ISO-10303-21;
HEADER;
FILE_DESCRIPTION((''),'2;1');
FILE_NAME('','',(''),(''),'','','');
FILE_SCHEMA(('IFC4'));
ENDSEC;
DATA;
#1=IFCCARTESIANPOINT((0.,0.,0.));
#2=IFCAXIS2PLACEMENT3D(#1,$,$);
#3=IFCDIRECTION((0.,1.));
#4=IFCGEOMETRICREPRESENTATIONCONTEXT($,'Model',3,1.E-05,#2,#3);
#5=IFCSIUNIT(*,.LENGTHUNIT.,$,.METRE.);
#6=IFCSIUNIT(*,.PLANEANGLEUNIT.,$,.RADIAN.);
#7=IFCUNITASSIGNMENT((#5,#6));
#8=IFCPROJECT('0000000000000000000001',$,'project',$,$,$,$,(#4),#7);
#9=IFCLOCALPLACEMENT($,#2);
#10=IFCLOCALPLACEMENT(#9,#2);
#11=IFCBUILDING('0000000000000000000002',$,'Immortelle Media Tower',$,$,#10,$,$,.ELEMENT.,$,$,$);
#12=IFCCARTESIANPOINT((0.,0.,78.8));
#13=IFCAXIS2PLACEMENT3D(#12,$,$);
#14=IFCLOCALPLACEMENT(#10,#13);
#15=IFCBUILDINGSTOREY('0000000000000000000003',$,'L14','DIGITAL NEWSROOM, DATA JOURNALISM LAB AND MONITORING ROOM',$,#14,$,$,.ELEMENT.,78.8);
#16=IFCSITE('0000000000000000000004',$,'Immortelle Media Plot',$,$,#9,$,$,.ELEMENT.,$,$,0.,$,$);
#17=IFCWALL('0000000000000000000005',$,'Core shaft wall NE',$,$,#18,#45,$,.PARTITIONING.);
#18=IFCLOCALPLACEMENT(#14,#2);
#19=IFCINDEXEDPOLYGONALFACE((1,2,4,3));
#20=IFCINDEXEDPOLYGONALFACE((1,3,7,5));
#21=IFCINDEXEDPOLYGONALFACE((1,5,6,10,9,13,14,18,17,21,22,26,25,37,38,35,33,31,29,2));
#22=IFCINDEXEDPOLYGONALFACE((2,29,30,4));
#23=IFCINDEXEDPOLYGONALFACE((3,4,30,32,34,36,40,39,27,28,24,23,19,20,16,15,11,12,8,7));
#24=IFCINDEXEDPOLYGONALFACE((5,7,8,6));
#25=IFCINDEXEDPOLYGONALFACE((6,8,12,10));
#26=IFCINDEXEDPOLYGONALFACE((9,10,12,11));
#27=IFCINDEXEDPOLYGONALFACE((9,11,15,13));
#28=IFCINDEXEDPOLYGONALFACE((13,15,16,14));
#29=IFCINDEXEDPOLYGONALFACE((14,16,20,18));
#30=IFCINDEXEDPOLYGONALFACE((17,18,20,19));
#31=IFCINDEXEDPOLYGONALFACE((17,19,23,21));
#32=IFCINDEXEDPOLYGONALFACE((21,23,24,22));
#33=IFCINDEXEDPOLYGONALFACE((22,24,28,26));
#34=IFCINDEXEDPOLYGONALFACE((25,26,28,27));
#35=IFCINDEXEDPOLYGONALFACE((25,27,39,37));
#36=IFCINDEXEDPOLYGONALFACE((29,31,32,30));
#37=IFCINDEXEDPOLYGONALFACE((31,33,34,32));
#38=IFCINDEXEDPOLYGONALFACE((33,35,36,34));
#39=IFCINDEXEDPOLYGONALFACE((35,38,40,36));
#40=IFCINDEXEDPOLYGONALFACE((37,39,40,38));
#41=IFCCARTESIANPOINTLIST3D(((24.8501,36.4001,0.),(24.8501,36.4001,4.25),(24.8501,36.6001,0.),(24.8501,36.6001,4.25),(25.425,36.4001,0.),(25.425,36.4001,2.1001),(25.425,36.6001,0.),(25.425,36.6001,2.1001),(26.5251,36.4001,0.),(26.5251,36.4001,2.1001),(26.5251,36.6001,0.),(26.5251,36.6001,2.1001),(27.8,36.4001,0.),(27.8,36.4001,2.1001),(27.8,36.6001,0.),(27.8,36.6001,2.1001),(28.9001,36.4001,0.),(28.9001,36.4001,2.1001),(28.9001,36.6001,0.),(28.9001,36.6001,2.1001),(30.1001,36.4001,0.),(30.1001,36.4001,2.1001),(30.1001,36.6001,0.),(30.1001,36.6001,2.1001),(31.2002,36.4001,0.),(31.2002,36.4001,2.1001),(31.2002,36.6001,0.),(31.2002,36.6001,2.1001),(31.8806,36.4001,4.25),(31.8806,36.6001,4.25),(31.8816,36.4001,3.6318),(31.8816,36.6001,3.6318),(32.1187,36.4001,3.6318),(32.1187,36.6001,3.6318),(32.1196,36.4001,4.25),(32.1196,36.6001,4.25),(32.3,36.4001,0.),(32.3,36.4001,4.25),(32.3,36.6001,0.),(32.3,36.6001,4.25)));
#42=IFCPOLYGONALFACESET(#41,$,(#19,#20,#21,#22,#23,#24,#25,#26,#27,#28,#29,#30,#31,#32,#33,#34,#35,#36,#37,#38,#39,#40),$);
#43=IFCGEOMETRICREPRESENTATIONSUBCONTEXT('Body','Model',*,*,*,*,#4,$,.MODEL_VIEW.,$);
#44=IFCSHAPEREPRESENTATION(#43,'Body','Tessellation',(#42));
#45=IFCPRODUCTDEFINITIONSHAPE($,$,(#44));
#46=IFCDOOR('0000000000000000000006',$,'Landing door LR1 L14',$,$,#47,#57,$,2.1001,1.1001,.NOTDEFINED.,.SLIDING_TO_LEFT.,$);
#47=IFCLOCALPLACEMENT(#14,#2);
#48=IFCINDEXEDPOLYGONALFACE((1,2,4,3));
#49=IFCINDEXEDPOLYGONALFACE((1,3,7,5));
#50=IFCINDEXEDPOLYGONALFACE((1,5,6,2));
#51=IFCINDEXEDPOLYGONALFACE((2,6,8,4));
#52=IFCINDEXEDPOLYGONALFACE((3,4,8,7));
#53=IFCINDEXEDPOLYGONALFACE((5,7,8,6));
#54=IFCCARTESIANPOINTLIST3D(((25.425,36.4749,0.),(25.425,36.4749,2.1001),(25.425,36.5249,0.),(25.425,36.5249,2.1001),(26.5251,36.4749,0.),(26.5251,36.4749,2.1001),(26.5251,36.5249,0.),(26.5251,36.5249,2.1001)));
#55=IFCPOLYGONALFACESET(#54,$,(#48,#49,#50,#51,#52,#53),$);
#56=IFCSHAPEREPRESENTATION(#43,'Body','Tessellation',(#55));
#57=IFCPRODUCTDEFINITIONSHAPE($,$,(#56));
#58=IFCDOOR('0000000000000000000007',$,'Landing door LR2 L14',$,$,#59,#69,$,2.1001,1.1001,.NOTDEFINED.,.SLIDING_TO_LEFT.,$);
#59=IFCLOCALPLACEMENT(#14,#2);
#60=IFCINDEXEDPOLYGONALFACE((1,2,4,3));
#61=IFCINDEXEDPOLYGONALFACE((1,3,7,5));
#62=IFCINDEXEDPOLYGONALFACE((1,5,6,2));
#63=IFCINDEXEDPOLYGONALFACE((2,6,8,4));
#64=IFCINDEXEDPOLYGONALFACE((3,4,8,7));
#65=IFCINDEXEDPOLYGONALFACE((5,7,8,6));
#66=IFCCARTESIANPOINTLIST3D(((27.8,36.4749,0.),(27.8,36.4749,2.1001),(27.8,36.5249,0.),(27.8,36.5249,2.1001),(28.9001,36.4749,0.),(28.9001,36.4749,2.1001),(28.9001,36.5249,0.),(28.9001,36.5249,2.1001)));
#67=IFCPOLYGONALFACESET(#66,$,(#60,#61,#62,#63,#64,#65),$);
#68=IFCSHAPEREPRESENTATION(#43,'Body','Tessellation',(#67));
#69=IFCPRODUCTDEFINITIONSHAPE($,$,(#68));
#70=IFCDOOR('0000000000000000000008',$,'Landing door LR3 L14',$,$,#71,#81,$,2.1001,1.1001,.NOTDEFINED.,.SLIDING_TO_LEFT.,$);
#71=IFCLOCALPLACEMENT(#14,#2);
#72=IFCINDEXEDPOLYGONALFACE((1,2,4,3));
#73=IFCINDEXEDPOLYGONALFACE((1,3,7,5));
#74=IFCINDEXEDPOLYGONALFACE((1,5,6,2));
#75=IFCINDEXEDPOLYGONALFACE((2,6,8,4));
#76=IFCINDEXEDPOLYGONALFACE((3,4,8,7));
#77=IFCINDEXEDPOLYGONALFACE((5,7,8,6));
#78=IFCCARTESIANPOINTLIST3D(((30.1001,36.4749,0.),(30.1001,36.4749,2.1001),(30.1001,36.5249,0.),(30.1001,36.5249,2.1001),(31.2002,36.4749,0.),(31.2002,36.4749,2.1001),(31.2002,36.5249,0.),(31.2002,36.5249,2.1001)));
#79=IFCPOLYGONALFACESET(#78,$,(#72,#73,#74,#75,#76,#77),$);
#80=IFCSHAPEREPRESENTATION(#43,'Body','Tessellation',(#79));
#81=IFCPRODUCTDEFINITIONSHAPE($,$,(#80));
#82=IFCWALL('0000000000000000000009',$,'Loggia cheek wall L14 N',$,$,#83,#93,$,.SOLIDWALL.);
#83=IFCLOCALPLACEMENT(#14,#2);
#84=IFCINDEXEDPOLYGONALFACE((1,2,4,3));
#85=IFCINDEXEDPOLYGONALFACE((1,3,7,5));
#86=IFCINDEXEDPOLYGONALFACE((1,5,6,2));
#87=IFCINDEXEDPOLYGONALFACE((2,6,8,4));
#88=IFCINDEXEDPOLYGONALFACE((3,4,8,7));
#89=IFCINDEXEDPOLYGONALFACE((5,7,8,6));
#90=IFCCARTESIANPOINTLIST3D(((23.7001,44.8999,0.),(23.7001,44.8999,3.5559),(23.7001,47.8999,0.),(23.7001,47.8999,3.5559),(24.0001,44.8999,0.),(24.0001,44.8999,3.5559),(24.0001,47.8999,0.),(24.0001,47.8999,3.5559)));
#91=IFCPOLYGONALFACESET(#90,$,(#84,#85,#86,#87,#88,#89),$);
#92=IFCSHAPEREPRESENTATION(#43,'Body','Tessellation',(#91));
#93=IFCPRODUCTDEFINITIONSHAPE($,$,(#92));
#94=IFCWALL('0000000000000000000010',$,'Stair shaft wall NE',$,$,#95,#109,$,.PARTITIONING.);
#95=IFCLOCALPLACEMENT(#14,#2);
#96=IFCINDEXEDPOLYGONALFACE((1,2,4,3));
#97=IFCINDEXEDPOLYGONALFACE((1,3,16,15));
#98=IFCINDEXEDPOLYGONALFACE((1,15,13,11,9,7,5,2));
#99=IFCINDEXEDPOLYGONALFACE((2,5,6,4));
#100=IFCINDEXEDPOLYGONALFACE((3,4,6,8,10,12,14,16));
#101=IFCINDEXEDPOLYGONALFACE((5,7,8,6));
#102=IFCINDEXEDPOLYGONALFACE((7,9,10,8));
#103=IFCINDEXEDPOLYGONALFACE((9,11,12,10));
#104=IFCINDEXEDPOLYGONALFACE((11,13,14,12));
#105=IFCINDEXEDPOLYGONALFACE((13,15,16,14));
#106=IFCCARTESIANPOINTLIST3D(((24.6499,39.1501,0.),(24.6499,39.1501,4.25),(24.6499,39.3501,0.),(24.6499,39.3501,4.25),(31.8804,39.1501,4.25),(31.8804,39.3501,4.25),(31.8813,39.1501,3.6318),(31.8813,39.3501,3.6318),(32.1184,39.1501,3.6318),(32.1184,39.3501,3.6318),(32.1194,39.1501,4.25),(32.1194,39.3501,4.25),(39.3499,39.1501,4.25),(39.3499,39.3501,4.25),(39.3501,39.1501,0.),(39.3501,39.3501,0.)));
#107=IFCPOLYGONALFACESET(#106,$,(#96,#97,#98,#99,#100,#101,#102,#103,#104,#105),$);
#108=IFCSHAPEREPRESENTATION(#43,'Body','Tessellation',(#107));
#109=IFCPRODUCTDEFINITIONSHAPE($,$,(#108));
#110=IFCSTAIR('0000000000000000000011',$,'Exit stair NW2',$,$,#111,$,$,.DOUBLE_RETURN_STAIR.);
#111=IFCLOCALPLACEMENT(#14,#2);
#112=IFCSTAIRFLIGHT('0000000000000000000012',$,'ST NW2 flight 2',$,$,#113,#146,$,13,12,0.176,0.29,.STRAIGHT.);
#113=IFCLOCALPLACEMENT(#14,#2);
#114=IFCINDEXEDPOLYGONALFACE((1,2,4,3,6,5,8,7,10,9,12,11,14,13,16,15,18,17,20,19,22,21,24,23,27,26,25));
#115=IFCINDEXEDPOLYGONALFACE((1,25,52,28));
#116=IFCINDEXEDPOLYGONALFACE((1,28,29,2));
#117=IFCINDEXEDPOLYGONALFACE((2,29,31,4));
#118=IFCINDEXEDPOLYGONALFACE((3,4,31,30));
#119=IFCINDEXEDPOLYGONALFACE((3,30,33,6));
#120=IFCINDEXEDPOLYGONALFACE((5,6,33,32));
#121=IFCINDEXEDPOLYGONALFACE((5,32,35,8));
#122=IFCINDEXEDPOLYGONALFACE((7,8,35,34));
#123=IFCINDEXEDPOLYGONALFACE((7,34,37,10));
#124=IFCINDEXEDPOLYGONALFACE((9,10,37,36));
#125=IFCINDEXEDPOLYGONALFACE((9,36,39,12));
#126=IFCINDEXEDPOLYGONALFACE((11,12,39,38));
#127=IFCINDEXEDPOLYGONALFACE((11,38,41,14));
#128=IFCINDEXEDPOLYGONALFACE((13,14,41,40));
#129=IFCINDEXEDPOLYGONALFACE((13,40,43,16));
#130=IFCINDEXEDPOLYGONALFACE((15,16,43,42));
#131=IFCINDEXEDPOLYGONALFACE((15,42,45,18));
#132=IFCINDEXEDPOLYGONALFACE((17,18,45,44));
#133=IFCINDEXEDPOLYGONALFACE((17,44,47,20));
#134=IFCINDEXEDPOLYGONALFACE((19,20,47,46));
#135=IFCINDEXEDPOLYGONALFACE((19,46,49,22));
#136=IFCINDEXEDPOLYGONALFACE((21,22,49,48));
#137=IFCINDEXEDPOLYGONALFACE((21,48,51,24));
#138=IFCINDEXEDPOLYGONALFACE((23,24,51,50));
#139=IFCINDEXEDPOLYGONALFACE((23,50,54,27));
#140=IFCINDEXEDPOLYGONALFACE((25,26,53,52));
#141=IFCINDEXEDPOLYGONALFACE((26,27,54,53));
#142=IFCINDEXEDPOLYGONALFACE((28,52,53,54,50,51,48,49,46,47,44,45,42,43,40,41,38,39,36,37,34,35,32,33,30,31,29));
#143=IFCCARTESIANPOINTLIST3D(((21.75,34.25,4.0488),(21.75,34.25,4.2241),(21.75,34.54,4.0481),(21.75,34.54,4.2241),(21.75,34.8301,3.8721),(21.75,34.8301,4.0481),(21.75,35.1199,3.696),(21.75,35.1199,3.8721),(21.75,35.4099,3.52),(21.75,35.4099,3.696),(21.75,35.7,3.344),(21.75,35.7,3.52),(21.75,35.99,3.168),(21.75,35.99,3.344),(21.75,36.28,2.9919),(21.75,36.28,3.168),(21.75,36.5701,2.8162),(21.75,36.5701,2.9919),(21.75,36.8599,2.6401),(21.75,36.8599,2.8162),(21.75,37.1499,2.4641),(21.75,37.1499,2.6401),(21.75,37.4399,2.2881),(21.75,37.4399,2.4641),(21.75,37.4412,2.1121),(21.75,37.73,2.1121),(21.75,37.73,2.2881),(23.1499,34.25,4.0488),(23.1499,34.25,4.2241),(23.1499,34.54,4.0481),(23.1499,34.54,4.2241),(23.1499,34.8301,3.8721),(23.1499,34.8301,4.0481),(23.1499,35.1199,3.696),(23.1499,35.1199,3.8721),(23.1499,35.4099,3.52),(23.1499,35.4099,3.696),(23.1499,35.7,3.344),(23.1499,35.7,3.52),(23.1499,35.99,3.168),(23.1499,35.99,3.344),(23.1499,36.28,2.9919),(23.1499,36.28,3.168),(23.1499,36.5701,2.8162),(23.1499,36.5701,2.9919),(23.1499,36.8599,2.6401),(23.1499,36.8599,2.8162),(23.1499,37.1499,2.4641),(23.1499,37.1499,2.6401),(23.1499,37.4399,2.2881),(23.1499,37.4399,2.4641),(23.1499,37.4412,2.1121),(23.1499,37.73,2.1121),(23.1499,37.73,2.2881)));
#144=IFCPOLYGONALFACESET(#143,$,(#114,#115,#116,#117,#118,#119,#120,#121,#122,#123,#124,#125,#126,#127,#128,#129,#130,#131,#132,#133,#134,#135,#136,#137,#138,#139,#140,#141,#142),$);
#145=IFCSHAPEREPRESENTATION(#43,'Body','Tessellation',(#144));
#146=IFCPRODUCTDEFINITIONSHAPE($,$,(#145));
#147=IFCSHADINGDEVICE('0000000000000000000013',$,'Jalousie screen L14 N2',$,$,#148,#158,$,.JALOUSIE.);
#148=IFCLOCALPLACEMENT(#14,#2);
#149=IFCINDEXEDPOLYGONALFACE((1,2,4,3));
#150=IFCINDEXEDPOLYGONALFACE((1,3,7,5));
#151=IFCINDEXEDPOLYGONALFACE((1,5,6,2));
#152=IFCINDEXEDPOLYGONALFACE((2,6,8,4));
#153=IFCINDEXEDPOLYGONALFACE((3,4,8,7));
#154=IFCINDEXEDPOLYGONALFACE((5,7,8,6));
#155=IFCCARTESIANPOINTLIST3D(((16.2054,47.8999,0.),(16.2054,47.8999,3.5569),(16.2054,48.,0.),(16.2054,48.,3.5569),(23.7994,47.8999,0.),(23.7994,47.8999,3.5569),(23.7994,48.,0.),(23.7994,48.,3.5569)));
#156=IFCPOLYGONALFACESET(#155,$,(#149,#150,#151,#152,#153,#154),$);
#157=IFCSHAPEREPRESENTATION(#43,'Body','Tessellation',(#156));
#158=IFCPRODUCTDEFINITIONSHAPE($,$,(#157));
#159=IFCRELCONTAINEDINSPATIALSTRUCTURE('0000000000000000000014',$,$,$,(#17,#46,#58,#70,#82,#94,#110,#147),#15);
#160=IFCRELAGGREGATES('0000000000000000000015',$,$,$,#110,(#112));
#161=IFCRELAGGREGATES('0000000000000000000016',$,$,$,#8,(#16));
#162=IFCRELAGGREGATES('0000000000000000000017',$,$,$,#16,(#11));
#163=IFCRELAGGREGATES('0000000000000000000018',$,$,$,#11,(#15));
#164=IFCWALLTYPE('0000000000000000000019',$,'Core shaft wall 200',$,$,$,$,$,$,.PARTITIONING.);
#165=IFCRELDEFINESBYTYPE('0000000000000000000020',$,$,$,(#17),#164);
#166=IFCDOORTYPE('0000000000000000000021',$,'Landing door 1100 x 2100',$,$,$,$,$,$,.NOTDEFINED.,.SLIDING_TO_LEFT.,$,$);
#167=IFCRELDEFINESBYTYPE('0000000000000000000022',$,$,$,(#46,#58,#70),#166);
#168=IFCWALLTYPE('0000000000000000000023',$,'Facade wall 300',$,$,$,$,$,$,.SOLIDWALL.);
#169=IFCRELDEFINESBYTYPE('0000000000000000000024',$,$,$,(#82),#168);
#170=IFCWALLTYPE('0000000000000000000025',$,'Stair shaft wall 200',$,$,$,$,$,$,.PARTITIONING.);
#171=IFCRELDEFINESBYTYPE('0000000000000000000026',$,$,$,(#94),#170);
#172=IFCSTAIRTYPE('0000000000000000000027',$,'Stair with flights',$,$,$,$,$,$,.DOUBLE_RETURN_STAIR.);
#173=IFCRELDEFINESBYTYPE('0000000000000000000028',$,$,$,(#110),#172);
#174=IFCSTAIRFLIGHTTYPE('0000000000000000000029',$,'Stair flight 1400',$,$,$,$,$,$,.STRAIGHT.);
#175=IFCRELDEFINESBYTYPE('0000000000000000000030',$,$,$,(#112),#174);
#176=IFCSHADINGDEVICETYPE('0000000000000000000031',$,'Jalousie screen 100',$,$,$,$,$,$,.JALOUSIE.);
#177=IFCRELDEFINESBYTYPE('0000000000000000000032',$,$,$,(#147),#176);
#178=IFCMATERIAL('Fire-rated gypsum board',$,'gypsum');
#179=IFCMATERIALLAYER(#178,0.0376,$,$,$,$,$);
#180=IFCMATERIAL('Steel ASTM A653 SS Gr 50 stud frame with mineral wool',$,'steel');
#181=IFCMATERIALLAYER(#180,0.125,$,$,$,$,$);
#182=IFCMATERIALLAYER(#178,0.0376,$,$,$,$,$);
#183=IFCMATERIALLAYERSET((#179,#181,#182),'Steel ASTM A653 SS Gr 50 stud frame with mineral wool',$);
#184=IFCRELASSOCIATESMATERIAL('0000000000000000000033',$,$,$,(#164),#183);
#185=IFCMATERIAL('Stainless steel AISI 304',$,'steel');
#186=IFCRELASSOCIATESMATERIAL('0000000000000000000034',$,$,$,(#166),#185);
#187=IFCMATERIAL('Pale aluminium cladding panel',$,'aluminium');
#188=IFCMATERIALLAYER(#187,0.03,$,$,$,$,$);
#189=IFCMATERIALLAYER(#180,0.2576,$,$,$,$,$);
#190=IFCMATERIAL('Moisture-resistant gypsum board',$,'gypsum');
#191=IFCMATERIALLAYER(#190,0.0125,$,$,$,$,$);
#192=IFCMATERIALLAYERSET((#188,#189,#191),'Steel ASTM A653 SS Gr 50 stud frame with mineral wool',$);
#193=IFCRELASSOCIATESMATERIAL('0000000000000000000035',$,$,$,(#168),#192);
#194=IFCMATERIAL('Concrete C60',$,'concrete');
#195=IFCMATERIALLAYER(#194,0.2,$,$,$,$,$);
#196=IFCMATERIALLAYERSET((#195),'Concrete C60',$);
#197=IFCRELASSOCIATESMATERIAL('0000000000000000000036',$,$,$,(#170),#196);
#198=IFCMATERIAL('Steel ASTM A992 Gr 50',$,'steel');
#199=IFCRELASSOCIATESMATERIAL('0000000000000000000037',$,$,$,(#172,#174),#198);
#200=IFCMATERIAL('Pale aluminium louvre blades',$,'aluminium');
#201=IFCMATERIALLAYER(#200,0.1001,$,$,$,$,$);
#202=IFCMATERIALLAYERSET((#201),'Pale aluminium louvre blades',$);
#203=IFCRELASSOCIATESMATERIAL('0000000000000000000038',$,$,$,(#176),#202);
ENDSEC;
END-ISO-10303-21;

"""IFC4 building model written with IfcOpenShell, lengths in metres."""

from ifc_helpers import new_model, si_unit, direction, frame, frame_2d, origin, origin_2d, place, context, subcontext, project, spatial, polyline, rectangle, outline, extrude, material, layer, layer_set, type_object, element, fill, aggregate, save


model = new_model("IFC4")

# Units and contexts
model_context = context("Model", 3, precision=1e-05, world=origin(), true_north=direction((0.0, 1.0)))
body_context = subcontext(model_context, "Body", "Model", "MODEL_VIEW")
ifc_project = project(units=[si_unit("LENGTHUNIT", "METRE"), si_unit("PLANEANGLEUNIT", "RADIAN")], contexts=[model_context])

# Site, building, storey
site_placement = place(None, origin())
site = spatial("IfcSite", under=ifc_project, at=site_placement, Name="Immortelle Media Plot", CompositionType="ELEMENT", RefElevation=0.0)
building_placement = place(site_placement, origin())
building = spatial("IfcBuilding", under=site, at=building_placement, Name="Immortelle Media Tower", CompositionType="ELEMENT")
storey_placement = place(building_placement, frame((0.0, 0.0, 78.8)))
storey = spatial("IfcBuildingStorey", under=building, at=storey_placement, Name="L14", Description="DIGITAL NEWSROOM, DATA JOURNALISM LAB AND MONITORING ROOM", CompositionType="ELEMENT", Elevation=78.8)

# Shared definitions
ifc_material_1 = material(Name="Steel ASTM A992 Gr 50", Category="steel")

# Wall, openings, doors
ifc_material_2 = material(Name="Fire-rated gypsum board", Category="gypsum")
ifc_layer_1 = layer(ifc_material_2, 0.0376)
ifc_material_3 = material(Name="Steel ASTM A653 SS Gr 50 stud frame with mineral wool", Category="steel")
ifc_layer_2 = layer(ifc_material_3, 0.125)
ifc_layer_3 = layer(ifc_material_2, 0.0376)
ifc_layer_set_1 = layer_set([ifc_layer_1, ifc_layer_2, ifc_layer_3], Name="Steel ASTM A653 SS Gr 50 stud frame with mineral wool")
wall_type_1 = type_object("IfcWallType", Name="Core shaft wall 200", PredefinedType="PARTITIONING", material=ifc_layer_set_1)
wall_1_placement = place(storey_placement, frame((24.8501, 36.5, 0.0), z_axis=(0.0, 0.0, 1.0), x_axis=(1.0, 0.0, 0.0)))
wall_1 = element("IfcWall", 1, at=wall_1_placement, inside=storey, type_object=wall_type_1, Name="Core shaft wall NE", PredefinedType="PARTITIONING", context=body_context, shape_type="SweptSolid", body=[
    extrude(outline(polyline([(0.0, 0.0), (7.45, 0.0), (7.45, 4.25), (7.2695, 4.25), (7.2686, 3.6318), (7.0315, 3.6318), (7.0305, 4.25), (0.0, 4.25), (0.0, 0.0)])), frame((0.0, 0.1001, 0.0), z_axis=(0.0, -1.0, 0.0), x_axis=(1.0, 0.0, 0.0)), (0.0, 0.0, 1.0), 0.2),
])
opening_1_placement = place(wall_1_placement, frame((0.575, 0.0, 0.0)))
opening_1 = element("IfcOpeningElement", 2, at=opening_1_placement, cuts=wall_1, PredefinedType="OPENING", context=body_context, shape_type="SweptSolid", body=[
    extrude(rectangle(XDim=1.1001, YDim=2.1001, at=frame_2d((0.55, 1.05))), frame((0.0, 0.1099, 0.0), z_axis=(0.0, -1.0, 0.0), x_axis=(1.0, 0.0, 0.0)), (0.0, 0.0, 1.0), 0.22),
])
opening_2_placement = place(wall_1_placement, frame((2.95, 0.0, 0.0)))
opening_2 = element("IfcOpeningElement", 3, at=opening_2_placement, cuts=wall_1, PredefinedType="OPENING", context=body_context, shape_type="SweptSolid", body=[
    extrude(rectangle(XDim=1.1001, YDim=2.1001, at=frame_2d((0.55, 1.05))), frame((0.0, 0.1099, 0.0), z_axis=(0.0, -1.0, 0.0), x_axis=(1.0, 0.0, 0.0)), (0.0, 0.0, 1.0), 0.22),
])
opening_3_placement = place(wall_1_placement, frame((5.25, 0.0, 0.0)))
opening_3 = element("IfcOpeningElement", 4, at=opening_3_placement, cuts=wall_1, PredefinedType="OPENING", context=body_context, shape_type="SweptSolid", body=[
    extrude(rectangle(XDim=1.1001, YDim=2.1001, at=frame_2d((0.55, 1.05))), frame((0.0, 0.1099, 0.0), z_axis=(0.0, -1.0, 0.0), x_axis=(1.0, 0.0, 0.0)), (0.0, 0.0, 1.0), 0.22),
])
ifc_material_4 = material(Name="Stainless steel AISI 304", Category="steel")
door_type_1 = type_object("IfcDoorType", Name="Landing door 1100 x 2100", OperationType="SLIDING_TO_LEFT", PredefinedType="NOTDEFINED", material=ifc_material_4)
door_1_placement = place(opening_1_placement, origin())
door_1 = element("IfcDoor", 5, at=door_1_placement, inside=storey, type_object=door_type_1, Name="Landing door LR1 L14", OperationType="SLIDING_TO_LEFT", OverallHeight=2.1001, OverallWidth=1.1001, PredefinedType="NOTDEFINED", context=body_context, shape_type="SweptSolid", body=[
    extrude(rectangle(XDim=1.1001, YDim=2.1001, at=frame_2d((0.55, 1.05))), frame((0.0, 0.0249, 0.0), z_axis=(0.0, -1.0, 0.0), x_axis=(1.0, 0.0, 0.0)), (0.0, 0.0, 1.0), 0.05),
])
fill(opening_1, door_1)
door_2_placement = place(opening_2_placement, origin())
door_2 = element("IfcDoor", 6, at=door_2_placement, inside=storey, type_object=door_type_1, Name="Landing door LR2 L14", OperationType="SLIDING_TO_LEFT", OverallHeight=2.1001, OverallWidth=1.1001, PredefinedType="NOTDEFINED", context=body_context, shape_type="SweptSolid", body=[
    extrude(rectangle(XDim=1.1001, YDim=2.1001, at=frame_2d((0.55, 1.05))), frame((0.0, 0.0249, 0.0), z_axis=(0.0, -1.0, 0.0), x_axis=(1.0, 0.0, 0.0)), (0.0, 0.0, 1.0), 0.05),
])
fill(opening_2, door_2)
door_3_placement = place(opening_3_placement, origin())
door_3 = element("IfcDoor", 7, at=door_3_placement, inside=storey, type_object=door_type_1, Name="Landing door LR3 L14", OperationType="SLIDING_TO_LEFT", OverallHeight=2.1001, OverallWidth=1.1001, PredefinedType="NOTDEFINED", context=body_context, shape_type="SweptSolid", body=[
    extrude(rectangle(XDim=1.1001, YDim=2.1001, at=frame_2d((0.55, 1.05))), frame((0.0, 0.0249, 0.0), z_axis=(0.0, -1.0, 0.0), x_axis=(1.0, 0.0, 0.0)), (0.0, 0.0, 1.0), 0.05),
])
fill(opening_3, door_3)

# Shared definitions
ifc_material_5 = material(Name="Pale aluminium cladding panel", Category="aluminium")
ifc_layer_4 = layer(ifc_material_5, 0.03)
ifc_layer_5 = layer(ifc_material_3, 0.2576)
ifc_material_6 = material(Name="Moisture-resistant gypsum board", Category="gypsum")
ifc_layer_6 = layer(ifc_material_6, 0.0125)
ifc_layer_set_2 = layer_set([ifc_layer_4, ifc_layer_5, ifc_layer_6], Name="Steel ASTM A653 SS Gr 50 stud frame with mineral wool")
wall_type_2 = type_object("IfcWallType", Name="Facade wall 300", PredefinedType="SOLIDWALL", material=ifc_layer_set_2)

# Walls
wall_2_placement = place(storey_placement, frame((23.8501, 47.8999, 0.0), z_axis=(0.0, 0.0, 1.0), x_axis=(0.0, -1.0, 0.0)))
element("IfcWall", 8, at=wall_2_placement, inside=storey, type_object=wall_type_2, Name="Loggia cheek wall L14 N", PredefinedType="SOLIDWALL", context=body_context, shape_type="SweptSolid", body=[
    extrude(rectangle(XDim=3.0, YDim=0.3, at=frame_2d((1.5, 0.0))), origin(), (0.0, 0.0, 1.0), 3.5559),
])
ifc_material_7 = material(Name="Concrete C60", Category="concrete")
ifc_layer_7 = layer(ifc_material_7, 0.2)
ifc_layer_set_3 = layer_set([ifc_layer_7], Name="Concrete C60")
wall_type_3 = type_object("IfcWallType", Name="Stair shaft wall 200", PredefinedType="PARTITIONING", material=ifc_layer_set_3)
wall_3_placement = place(storey_placement, frame((24.6499, 39.25, 0.0), z_axis=(0.0, 0.0, 1.0), x_axis=(1.0, 0.0, 0.0)))
element("IfcWall", 9, at=wall_3_placement, inside=storey, type_object=wall_type_3, Name="Stair shaft wall NE", PredefinedType="PARTITIONING", context=body_context, shape_type="SweptSolid", body=[
    extrude(outline(polyline([(0.0, 0.0), (14.7002, 0.0), (14.7, 4.25), (7.4695, 4.25), (7.4685, 3.6318), (7.2314, 3.6318), (7.2305, 4.25), (0.0, 4.25), (0.0, 0.0)])), frame((0.0, 0.1001, 0.0), z_axis=(0.0, -1.0, 0.0), x_axis=(1.0, 0.0, 0.0)), (0.0, 0.0, 1.0), 0.2),
])

# Stair, stair flight
stair_type = type_object("IfcStairType", Name="Stair with flights", PredefinedType="DOUBLE_RETURN_STAIR", material=ifc_material_1)
stair_placement = place(storey_placement, origin())
stair = element("IfcStair", 10, at=stair_placement, inside=storey, type_object=stair_type, Name="Exit stair NW2", PredefinedType="DOUBLE_RETURN_STAIR")
stair_flight_type = type_object("IfcStairFlightType", Name="Stair flight 1400", PredefinedType="STRAIGHT", material=ifc_material_1)
stair_flight_placement = place(storey_placement, frame((22.45, 37.73, 2.1121), z_axis=(0.0, 0.0, 1.0), x_axis=(0.0, -1.0, 0.0)))
stair_flight = element("IfcStairFlight", 11, at=stair_flight_placement, type_object=stair_flight_type, Name="ST NW2 flight 2", NumberOfRisers=13, NumberOfTreads=12, PredefinedType="STRAIGHT", RiserHeight=0.176, TreadLength=0.29, context=body_context, shape_type="SweptSolid", body=[
    extrude(outline(polyline([(0.0, 0.0), (0.0, 0.176), (0.29, 0.176), (0.29, 0.3521), (0.5801, 0.3521), (0.5801, 0.5281), (0.8701, 0.5281), (0.8701, 0.7041), (1.1599, 0.7041), (1.1599, 0.8799), (1.45, 0.8799), (1.45, 1.0559), (1.74, 1.0559), (1.74, 1.2319), (2.03, 1.2319), (2.03, 1.408), (2.3201, 1.408), (2.3201, 1.584), (2.6101, 1.584), (2.6101, 1.76), (2.8999, 1.76), (2.8999, 1.936), (3.1899, 1.936), (3.1899, 2.1121), (3.48, 2.1121), (3.48, 2.2881), (3.48, 1.9368), (0.2888, 0.0), (0.0, 0.0)])), frame((0.0, 0.7, 0.0), z_axis=(0.0, -1.0, 0.0), x_axis=(1.0, 0.0, 0.0)), (0.0, 0.0, 1.0), 1.3999),
])
aggregate(stair, [stair_flight])

# Shading device
ifc_material_8 = material(Name="Pale aluminium louvre blades", Category="aluminium")
ifc_layer_8 = layer(ifc_material_8, 0.1001)
ifc_layer_set_4 = layer_set([ifc_layer_8], Name="Pale aluminium louvre blades")
shading_device_type = type_object("IfcShadingDeviceType", Name="Jalousie screen 100", PredefinedType="JALOUSIE", material=ifc_layer_set_4)
shading_device_placement = place(storey_placement, frame((20.0024, 47.95, 0.0), z_axis=(0.0, 0.0, 1.0), x_axis=(-1.0, 0.0, 0.0)))
element("IfcShadingDevice", 12, at=shading_device_placement, inside=storey, type_object=shading_device_type, Name="Jalousie screen L14 N2", PredefinedType="JALOUSIE", context=body_context, shape_type="SweptSolid", body=[
    extrude(rectangle(XDim=7.594, YDim=0.1001, at=origin_2d()), origin(), (0.0, 0.0, 1.0), 3.5569),
])

save(model, "model.ifc")
